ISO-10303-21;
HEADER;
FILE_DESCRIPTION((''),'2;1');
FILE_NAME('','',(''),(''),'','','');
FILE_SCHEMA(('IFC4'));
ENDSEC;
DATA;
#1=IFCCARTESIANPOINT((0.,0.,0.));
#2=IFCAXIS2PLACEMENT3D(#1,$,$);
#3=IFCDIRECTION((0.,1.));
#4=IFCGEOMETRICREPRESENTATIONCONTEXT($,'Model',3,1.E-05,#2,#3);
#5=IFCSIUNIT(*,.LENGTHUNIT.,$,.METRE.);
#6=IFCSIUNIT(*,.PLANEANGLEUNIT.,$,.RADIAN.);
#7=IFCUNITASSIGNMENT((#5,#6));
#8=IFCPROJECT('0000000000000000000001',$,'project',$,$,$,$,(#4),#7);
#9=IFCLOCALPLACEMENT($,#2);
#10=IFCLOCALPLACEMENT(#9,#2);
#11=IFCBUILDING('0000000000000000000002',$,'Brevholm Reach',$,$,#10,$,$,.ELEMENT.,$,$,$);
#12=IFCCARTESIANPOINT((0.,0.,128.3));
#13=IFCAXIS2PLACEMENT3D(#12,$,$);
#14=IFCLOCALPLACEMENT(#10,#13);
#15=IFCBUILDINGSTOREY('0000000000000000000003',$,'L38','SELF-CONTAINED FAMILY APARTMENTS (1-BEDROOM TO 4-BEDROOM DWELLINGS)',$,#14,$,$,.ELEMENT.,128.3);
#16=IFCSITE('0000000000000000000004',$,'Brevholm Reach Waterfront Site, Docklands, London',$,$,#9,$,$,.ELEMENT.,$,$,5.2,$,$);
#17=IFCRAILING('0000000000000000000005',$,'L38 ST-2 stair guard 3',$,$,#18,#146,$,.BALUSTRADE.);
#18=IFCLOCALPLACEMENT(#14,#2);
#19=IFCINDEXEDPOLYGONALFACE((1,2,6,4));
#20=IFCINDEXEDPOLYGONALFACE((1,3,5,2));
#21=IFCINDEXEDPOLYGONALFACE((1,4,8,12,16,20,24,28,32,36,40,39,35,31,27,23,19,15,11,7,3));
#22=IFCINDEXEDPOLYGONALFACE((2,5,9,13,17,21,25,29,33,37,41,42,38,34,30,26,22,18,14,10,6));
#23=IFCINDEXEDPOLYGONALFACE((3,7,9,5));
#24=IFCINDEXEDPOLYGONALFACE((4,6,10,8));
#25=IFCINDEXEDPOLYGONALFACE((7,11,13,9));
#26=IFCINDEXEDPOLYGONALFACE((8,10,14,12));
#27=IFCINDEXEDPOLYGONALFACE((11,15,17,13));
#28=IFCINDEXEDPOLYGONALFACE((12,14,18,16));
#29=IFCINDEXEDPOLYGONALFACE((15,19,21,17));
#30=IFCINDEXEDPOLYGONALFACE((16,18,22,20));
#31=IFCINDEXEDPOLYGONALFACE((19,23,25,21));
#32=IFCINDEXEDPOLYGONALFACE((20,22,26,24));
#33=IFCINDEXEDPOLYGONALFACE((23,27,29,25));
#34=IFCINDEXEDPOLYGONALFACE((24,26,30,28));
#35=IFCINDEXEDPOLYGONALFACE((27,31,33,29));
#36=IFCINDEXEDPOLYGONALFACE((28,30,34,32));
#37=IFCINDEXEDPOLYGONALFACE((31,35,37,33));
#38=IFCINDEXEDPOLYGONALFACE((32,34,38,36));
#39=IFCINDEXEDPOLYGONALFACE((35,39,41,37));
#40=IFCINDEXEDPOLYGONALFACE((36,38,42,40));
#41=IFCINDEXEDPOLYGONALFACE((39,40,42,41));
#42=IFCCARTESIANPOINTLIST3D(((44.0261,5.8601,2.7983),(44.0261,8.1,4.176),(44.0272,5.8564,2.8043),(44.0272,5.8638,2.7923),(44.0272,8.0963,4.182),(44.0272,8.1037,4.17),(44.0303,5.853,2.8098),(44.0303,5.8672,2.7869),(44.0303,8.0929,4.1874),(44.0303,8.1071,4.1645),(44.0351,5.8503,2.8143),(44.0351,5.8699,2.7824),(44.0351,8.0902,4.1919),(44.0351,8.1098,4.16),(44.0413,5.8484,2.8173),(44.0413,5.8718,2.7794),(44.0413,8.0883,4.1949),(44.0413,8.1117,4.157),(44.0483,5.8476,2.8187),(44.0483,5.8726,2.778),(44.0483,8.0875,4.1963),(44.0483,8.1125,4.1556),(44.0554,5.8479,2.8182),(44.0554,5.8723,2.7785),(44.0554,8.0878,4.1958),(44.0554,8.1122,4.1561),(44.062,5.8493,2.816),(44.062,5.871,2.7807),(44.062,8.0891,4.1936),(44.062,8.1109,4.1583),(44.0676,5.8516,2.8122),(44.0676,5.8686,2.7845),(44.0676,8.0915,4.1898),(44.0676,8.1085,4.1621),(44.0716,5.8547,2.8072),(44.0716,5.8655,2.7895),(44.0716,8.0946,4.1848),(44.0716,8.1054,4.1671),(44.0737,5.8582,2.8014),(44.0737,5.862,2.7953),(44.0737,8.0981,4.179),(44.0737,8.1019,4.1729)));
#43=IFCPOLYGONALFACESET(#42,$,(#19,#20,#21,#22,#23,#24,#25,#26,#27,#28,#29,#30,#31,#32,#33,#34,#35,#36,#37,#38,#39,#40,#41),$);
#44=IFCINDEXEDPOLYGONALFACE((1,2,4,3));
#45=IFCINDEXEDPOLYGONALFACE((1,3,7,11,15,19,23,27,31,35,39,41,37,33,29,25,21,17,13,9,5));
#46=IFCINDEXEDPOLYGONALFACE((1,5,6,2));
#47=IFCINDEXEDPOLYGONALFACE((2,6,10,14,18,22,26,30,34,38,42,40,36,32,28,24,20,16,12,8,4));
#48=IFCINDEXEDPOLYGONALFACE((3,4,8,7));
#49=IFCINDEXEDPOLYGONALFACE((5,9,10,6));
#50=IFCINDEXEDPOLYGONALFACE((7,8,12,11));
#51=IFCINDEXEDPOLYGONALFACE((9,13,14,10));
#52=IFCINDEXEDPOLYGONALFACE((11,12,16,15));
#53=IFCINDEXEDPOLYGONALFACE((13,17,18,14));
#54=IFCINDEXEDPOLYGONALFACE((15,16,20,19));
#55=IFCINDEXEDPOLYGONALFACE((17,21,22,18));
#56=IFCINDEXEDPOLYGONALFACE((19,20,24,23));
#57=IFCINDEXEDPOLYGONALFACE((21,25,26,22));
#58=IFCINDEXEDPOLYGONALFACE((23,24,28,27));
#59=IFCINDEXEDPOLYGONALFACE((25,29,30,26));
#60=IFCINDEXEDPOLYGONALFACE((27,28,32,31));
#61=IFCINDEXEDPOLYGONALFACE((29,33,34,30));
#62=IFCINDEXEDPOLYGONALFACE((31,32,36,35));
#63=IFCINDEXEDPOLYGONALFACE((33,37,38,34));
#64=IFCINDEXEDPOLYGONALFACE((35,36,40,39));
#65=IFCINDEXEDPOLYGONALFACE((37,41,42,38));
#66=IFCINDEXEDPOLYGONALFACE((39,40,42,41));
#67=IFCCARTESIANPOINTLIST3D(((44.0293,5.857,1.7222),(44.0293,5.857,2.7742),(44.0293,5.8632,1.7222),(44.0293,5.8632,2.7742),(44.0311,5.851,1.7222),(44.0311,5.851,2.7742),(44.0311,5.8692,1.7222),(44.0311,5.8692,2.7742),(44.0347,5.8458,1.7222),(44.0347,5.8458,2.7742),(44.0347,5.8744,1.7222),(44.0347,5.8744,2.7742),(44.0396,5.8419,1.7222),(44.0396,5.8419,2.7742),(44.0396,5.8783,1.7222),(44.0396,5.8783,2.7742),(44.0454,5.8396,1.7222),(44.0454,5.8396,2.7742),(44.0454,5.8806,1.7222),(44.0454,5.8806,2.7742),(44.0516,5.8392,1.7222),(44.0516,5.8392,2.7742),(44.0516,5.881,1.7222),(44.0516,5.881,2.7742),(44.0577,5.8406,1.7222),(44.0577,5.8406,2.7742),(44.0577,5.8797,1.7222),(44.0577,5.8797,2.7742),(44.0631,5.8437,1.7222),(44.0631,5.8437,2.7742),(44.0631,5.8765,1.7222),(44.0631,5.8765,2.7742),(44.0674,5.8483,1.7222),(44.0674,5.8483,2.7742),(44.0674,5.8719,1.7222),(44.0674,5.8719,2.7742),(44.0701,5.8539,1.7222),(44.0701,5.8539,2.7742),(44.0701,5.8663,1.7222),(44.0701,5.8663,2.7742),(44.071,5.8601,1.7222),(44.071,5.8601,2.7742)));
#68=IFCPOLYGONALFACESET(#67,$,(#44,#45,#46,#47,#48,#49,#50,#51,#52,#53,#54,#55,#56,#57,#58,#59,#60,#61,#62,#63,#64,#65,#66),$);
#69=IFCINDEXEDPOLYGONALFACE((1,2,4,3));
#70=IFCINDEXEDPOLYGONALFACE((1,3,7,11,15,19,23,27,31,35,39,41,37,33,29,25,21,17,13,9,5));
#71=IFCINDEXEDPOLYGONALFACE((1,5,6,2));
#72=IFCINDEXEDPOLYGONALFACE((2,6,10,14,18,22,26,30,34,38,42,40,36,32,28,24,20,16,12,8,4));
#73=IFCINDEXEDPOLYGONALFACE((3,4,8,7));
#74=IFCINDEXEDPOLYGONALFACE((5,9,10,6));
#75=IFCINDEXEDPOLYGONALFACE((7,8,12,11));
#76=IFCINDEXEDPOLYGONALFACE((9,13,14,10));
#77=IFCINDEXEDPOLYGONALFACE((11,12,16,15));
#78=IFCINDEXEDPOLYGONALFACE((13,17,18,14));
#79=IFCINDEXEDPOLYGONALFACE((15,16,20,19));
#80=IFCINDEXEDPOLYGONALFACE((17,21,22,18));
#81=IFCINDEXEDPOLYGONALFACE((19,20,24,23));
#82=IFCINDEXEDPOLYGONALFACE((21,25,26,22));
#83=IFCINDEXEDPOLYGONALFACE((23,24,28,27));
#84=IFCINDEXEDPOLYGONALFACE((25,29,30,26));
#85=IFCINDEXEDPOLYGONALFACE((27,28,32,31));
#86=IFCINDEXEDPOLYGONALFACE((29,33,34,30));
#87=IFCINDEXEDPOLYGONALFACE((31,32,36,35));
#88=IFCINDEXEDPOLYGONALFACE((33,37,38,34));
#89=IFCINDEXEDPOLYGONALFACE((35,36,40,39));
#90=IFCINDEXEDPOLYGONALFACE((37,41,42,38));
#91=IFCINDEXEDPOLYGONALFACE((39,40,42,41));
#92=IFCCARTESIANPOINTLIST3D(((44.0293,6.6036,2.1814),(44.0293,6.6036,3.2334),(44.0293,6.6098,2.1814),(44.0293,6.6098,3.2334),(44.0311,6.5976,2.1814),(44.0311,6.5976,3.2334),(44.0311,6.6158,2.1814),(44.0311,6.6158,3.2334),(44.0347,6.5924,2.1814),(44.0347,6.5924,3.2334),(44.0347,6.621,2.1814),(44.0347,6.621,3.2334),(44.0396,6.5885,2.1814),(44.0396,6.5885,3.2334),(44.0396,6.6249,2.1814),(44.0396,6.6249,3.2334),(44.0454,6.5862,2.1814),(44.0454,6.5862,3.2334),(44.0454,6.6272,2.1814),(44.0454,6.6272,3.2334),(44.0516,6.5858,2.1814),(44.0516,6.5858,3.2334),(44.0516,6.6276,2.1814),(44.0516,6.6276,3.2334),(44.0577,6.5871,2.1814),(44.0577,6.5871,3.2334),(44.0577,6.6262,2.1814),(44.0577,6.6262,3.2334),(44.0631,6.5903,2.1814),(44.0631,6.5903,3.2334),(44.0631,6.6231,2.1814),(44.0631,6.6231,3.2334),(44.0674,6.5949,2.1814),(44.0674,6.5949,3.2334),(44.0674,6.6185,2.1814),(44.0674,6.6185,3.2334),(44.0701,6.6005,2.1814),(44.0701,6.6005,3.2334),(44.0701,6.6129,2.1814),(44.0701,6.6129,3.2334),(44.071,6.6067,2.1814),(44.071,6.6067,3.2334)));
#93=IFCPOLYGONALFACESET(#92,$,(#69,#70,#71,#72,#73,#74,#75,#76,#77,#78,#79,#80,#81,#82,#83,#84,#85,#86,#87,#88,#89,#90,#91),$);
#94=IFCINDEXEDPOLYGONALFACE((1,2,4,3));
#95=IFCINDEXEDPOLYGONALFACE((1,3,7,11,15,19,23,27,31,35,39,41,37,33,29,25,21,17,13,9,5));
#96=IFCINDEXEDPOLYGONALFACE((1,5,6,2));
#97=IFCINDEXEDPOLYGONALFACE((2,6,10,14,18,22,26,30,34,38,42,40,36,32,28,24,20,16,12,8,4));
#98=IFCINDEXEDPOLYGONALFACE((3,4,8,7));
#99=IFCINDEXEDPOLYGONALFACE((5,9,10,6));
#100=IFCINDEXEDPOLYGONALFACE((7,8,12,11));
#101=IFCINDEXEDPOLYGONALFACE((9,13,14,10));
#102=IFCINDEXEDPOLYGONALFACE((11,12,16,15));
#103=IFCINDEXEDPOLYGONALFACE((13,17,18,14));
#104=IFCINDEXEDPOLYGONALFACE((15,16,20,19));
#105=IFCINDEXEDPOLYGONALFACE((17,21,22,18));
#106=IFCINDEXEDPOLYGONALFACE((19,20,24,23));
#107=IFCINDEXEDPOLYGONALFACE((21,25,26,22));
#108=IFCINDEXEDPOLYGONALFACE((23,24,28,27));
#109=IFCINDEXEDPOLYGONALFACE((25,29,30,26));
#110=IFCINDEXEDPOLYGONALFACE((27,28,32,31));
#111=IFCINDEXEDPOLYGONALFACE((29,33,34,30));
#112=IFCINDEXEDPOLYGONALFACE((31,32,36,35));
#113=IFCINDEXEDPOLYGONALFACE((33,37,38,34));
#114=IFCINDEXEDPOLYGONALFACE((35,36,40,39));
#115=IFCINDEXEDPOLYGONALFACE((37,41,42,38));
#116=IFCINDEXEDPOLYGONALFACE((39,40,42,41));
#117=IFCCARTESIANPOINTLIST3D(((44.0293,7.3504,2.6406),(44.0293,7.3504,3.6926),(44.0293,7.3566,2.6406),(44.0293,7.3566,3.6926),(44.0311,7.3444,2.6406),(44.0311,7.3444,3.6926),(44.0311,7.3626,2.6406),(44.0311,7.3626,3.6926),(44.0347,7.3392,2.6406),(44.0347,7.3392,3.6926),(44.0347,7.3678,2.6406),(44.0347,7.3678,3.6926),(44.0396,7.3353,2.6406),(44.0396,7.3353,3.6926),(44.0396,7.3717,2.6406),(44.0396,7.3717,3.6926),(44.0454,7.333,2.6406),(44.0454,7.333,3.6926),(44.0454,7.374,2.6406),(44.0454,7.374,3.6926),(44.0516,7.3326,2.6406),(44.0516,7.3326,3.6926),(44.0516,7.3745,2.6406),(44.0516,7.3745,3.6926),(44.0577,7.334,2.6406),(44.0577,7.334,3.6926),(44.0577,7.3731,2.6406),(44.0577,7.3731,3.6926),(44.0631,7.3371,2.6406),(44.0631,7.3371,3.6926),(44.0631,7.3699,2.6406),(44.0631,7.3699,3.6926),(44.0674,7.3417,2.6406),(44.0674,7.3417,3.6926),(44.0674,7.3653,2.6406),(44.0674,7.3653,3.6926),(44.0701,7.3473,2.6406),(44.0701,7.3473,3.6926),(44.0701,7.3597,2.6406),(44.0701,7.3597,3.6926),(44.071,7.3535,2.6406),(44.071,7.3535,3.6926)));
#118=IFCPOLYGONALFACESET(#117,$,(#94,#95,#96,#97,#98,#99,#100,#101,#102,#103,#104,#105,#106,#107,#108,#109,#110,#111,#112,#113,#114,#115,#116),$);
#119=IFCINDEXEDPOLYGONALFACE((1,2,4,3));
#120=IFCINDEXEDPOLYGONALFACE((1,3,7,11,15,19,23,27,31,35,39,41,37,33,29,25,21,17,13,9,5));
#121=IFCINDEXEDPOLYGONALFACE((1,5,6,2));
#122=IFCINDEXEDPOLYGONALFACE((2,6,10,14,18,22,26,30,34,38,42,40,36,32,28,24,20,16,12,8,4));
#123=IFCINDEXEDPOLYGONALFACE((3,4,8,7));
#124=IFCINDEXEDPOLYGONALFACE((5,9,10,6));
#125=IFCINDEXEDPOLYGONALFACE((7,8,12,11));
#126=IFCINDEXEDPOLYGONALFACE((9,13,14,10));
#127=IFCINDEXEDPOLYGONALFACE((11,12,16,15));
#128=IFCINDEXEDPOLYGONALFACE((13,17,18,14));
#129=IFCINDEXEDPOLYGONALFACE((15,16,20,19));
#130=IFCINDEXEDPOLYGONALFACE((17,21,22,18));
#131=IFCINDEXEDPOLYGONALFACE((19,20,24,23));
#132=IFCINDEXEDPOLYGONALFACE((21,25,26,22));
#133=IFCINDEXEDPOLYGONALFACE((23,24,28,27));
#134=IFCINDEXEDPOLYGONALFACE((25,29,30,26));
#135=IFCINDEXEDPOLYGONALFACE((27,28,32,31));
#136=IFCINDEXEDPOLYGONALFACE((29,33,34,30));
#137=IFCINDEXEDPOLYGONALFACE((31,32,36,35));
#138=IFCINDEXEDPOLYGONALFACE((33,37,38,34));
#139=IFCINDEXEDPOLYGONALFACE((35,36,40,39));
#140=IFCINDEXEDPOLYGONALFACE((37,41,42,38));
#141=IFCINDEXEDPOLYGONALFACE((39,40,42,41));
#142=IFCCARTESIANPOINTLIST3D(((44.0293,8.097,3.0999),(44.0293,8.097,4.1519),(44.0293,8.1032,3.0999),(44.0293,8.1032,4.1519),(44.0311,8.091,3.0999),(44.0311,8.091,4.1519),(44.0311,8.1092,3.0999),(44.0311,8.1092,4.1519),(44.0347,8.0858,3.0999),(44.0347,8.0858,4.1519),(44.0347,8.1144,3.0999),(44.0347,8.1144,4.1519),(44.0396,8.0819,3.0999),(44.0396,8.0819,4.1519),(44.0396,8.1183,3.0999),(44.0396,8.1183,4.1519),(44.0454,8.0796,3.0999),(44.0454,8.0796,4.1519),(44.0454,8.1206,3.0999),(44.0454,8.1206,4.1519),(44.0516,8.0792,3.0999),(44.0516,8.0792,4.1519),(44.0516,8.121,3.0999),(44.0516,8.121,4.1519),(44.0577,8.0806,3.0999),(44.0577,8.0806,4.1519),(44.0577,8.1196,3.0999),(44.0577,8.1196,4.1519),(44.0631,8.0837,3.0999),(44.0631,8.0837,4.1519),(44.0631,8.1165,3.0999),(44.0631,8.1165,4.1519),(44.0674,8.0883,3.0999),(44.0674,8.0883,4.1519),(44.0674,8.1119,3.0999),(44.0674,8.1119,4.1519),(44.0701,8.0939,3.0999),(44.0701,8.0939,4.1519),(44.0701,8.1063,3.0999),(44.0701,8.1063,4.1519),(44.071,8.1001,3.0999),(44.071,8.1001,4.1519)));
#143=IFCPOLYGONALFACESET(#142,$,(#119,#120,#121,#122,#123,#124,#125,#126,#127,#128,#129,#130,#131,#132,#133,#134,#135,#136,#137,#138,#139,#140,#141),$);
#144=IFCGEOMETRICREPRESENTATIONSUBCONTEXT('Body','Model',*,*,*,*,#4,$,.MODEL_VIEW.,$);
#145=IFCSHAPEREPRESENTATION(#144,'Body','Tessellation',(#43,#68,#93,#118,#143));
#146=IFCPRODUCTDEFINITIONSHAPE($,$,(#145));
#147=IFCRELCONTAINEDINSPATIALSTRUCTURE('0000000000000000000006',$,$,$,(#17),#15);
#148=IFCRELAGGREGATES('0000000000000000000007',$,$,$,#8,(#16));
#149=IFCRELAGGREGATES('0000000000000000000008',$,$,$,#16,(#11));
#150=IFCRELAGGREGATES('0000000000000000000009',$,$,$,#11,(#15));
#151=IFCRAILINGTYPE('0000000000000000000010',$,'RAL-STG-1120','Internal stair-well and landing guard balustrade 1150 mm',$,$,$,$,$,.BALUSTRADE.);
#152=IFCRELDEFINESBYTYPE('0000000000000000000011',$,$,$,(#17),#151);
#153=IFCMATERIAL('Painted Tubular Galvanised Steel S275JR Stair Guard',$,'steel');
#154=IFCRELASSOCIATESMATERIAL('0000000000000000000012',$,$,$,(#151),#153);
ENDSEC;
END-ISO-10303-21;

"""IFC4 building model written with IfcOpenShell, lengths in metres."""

from ifc_helpers import new_model, si_unit, direction, frame, origin, origin_2d, place, context, subcontext, project, spatial, circle, extrude, material, type_object, element, save


model = new_model("IFC4")

# Units and contexts
model_context = context("Model", 3, precision=1e-05, world=origin(), true_north=direction((0.0, 1.0)))
body_context = subcontext(model_context, "Body", "Model", "MODEL_VIEW")
ifc_project = project(units=[si_unit("LENGTHUNIT", "METRE"), si_unit("PLANEANGLEUNIT", "RADIAN")], contexts=[model_context])

# Site, building, storey
site_placement = place(None, origin())
site = spatial("IfcSite", under=ifc_project, at=site_placement, Name="Brevholm Reach Waterfront Site, Docklands, London", CompositionType="ELEMENT", RefElevation=5.2)
building_placement = place(site_placement, origin())
building = spatial("IfcBuilding", under=site, at=building_placement, Name="Brevholm Reach", CompositionType="ELEMENT")
storey_placement = place(building_placement, frame((0.0, 0.0, 128.3)))
storey = spatial("IfcBuildingStorey", under=building, at=storey_placement, Name="L38", Description="SELF-CONTAINED FAMILY APARTMENTS (1-BEDROOM TO 4-BEDROOM DWELLINGS)", CompositionType="ELEMENT", Elevation=128.3)

# Railing
ifc_material_1 = material(Name="Painted Tubular Galvanised Steel S275JR Stair Guard", Category="steel")
railing_type_1 = type_object("IfcRailingType", Name="RAL-STG-1120", Description="Internal stair-well and landing guard balustrade 1150 mm", PredefinedType="BALUSTRADE", material=ifc_material_1)
railing_1_placement = place(storey_placement, frame((44.05, 5.8601, 1.7222)))
element("IfcRailing", 1, at=railing_1_placement, inside=storey, type_object=railing_type_1, Name="L38 ST-2 stair guard 3", PredefinedType="BALUSTRADE", context=body_context, shape_type="SweptSolid", body=[
    extrude(circle(Radius=0.0239, at=origin_2d()), frame((0.0, 0.0, 1.0762), z_axis=(0.0, 0.851789, 0.523885), x_axis=(-1.0, 0.0, 0.0)), (0.0, 0.0, 1.0), 2.6296),
    extrude(circle(Radius=0.021, at=origin_2d()), origin(), (0.0, 0.0, 1.0), 1.052),
    extrude(circle(Radius=0.021, at=origin_2d()), frame((0.0, 0.7466, 0.4592)), (0.0, 0.0, 1.0), 1.052),
    extrude(circle(Radius=0.021, at=origin_2d()), frame((0.0, 1.4934, 0.9185)), (0.0, 0.0, 1.0), 1.052),
    extrude(circle(Radius=0.021, at=origin_2d()), frame((0.0, 2.24, 1.3777)), (0.0, 0.0, 1.0), 1.052),
])

save(model, "model.ifc")
